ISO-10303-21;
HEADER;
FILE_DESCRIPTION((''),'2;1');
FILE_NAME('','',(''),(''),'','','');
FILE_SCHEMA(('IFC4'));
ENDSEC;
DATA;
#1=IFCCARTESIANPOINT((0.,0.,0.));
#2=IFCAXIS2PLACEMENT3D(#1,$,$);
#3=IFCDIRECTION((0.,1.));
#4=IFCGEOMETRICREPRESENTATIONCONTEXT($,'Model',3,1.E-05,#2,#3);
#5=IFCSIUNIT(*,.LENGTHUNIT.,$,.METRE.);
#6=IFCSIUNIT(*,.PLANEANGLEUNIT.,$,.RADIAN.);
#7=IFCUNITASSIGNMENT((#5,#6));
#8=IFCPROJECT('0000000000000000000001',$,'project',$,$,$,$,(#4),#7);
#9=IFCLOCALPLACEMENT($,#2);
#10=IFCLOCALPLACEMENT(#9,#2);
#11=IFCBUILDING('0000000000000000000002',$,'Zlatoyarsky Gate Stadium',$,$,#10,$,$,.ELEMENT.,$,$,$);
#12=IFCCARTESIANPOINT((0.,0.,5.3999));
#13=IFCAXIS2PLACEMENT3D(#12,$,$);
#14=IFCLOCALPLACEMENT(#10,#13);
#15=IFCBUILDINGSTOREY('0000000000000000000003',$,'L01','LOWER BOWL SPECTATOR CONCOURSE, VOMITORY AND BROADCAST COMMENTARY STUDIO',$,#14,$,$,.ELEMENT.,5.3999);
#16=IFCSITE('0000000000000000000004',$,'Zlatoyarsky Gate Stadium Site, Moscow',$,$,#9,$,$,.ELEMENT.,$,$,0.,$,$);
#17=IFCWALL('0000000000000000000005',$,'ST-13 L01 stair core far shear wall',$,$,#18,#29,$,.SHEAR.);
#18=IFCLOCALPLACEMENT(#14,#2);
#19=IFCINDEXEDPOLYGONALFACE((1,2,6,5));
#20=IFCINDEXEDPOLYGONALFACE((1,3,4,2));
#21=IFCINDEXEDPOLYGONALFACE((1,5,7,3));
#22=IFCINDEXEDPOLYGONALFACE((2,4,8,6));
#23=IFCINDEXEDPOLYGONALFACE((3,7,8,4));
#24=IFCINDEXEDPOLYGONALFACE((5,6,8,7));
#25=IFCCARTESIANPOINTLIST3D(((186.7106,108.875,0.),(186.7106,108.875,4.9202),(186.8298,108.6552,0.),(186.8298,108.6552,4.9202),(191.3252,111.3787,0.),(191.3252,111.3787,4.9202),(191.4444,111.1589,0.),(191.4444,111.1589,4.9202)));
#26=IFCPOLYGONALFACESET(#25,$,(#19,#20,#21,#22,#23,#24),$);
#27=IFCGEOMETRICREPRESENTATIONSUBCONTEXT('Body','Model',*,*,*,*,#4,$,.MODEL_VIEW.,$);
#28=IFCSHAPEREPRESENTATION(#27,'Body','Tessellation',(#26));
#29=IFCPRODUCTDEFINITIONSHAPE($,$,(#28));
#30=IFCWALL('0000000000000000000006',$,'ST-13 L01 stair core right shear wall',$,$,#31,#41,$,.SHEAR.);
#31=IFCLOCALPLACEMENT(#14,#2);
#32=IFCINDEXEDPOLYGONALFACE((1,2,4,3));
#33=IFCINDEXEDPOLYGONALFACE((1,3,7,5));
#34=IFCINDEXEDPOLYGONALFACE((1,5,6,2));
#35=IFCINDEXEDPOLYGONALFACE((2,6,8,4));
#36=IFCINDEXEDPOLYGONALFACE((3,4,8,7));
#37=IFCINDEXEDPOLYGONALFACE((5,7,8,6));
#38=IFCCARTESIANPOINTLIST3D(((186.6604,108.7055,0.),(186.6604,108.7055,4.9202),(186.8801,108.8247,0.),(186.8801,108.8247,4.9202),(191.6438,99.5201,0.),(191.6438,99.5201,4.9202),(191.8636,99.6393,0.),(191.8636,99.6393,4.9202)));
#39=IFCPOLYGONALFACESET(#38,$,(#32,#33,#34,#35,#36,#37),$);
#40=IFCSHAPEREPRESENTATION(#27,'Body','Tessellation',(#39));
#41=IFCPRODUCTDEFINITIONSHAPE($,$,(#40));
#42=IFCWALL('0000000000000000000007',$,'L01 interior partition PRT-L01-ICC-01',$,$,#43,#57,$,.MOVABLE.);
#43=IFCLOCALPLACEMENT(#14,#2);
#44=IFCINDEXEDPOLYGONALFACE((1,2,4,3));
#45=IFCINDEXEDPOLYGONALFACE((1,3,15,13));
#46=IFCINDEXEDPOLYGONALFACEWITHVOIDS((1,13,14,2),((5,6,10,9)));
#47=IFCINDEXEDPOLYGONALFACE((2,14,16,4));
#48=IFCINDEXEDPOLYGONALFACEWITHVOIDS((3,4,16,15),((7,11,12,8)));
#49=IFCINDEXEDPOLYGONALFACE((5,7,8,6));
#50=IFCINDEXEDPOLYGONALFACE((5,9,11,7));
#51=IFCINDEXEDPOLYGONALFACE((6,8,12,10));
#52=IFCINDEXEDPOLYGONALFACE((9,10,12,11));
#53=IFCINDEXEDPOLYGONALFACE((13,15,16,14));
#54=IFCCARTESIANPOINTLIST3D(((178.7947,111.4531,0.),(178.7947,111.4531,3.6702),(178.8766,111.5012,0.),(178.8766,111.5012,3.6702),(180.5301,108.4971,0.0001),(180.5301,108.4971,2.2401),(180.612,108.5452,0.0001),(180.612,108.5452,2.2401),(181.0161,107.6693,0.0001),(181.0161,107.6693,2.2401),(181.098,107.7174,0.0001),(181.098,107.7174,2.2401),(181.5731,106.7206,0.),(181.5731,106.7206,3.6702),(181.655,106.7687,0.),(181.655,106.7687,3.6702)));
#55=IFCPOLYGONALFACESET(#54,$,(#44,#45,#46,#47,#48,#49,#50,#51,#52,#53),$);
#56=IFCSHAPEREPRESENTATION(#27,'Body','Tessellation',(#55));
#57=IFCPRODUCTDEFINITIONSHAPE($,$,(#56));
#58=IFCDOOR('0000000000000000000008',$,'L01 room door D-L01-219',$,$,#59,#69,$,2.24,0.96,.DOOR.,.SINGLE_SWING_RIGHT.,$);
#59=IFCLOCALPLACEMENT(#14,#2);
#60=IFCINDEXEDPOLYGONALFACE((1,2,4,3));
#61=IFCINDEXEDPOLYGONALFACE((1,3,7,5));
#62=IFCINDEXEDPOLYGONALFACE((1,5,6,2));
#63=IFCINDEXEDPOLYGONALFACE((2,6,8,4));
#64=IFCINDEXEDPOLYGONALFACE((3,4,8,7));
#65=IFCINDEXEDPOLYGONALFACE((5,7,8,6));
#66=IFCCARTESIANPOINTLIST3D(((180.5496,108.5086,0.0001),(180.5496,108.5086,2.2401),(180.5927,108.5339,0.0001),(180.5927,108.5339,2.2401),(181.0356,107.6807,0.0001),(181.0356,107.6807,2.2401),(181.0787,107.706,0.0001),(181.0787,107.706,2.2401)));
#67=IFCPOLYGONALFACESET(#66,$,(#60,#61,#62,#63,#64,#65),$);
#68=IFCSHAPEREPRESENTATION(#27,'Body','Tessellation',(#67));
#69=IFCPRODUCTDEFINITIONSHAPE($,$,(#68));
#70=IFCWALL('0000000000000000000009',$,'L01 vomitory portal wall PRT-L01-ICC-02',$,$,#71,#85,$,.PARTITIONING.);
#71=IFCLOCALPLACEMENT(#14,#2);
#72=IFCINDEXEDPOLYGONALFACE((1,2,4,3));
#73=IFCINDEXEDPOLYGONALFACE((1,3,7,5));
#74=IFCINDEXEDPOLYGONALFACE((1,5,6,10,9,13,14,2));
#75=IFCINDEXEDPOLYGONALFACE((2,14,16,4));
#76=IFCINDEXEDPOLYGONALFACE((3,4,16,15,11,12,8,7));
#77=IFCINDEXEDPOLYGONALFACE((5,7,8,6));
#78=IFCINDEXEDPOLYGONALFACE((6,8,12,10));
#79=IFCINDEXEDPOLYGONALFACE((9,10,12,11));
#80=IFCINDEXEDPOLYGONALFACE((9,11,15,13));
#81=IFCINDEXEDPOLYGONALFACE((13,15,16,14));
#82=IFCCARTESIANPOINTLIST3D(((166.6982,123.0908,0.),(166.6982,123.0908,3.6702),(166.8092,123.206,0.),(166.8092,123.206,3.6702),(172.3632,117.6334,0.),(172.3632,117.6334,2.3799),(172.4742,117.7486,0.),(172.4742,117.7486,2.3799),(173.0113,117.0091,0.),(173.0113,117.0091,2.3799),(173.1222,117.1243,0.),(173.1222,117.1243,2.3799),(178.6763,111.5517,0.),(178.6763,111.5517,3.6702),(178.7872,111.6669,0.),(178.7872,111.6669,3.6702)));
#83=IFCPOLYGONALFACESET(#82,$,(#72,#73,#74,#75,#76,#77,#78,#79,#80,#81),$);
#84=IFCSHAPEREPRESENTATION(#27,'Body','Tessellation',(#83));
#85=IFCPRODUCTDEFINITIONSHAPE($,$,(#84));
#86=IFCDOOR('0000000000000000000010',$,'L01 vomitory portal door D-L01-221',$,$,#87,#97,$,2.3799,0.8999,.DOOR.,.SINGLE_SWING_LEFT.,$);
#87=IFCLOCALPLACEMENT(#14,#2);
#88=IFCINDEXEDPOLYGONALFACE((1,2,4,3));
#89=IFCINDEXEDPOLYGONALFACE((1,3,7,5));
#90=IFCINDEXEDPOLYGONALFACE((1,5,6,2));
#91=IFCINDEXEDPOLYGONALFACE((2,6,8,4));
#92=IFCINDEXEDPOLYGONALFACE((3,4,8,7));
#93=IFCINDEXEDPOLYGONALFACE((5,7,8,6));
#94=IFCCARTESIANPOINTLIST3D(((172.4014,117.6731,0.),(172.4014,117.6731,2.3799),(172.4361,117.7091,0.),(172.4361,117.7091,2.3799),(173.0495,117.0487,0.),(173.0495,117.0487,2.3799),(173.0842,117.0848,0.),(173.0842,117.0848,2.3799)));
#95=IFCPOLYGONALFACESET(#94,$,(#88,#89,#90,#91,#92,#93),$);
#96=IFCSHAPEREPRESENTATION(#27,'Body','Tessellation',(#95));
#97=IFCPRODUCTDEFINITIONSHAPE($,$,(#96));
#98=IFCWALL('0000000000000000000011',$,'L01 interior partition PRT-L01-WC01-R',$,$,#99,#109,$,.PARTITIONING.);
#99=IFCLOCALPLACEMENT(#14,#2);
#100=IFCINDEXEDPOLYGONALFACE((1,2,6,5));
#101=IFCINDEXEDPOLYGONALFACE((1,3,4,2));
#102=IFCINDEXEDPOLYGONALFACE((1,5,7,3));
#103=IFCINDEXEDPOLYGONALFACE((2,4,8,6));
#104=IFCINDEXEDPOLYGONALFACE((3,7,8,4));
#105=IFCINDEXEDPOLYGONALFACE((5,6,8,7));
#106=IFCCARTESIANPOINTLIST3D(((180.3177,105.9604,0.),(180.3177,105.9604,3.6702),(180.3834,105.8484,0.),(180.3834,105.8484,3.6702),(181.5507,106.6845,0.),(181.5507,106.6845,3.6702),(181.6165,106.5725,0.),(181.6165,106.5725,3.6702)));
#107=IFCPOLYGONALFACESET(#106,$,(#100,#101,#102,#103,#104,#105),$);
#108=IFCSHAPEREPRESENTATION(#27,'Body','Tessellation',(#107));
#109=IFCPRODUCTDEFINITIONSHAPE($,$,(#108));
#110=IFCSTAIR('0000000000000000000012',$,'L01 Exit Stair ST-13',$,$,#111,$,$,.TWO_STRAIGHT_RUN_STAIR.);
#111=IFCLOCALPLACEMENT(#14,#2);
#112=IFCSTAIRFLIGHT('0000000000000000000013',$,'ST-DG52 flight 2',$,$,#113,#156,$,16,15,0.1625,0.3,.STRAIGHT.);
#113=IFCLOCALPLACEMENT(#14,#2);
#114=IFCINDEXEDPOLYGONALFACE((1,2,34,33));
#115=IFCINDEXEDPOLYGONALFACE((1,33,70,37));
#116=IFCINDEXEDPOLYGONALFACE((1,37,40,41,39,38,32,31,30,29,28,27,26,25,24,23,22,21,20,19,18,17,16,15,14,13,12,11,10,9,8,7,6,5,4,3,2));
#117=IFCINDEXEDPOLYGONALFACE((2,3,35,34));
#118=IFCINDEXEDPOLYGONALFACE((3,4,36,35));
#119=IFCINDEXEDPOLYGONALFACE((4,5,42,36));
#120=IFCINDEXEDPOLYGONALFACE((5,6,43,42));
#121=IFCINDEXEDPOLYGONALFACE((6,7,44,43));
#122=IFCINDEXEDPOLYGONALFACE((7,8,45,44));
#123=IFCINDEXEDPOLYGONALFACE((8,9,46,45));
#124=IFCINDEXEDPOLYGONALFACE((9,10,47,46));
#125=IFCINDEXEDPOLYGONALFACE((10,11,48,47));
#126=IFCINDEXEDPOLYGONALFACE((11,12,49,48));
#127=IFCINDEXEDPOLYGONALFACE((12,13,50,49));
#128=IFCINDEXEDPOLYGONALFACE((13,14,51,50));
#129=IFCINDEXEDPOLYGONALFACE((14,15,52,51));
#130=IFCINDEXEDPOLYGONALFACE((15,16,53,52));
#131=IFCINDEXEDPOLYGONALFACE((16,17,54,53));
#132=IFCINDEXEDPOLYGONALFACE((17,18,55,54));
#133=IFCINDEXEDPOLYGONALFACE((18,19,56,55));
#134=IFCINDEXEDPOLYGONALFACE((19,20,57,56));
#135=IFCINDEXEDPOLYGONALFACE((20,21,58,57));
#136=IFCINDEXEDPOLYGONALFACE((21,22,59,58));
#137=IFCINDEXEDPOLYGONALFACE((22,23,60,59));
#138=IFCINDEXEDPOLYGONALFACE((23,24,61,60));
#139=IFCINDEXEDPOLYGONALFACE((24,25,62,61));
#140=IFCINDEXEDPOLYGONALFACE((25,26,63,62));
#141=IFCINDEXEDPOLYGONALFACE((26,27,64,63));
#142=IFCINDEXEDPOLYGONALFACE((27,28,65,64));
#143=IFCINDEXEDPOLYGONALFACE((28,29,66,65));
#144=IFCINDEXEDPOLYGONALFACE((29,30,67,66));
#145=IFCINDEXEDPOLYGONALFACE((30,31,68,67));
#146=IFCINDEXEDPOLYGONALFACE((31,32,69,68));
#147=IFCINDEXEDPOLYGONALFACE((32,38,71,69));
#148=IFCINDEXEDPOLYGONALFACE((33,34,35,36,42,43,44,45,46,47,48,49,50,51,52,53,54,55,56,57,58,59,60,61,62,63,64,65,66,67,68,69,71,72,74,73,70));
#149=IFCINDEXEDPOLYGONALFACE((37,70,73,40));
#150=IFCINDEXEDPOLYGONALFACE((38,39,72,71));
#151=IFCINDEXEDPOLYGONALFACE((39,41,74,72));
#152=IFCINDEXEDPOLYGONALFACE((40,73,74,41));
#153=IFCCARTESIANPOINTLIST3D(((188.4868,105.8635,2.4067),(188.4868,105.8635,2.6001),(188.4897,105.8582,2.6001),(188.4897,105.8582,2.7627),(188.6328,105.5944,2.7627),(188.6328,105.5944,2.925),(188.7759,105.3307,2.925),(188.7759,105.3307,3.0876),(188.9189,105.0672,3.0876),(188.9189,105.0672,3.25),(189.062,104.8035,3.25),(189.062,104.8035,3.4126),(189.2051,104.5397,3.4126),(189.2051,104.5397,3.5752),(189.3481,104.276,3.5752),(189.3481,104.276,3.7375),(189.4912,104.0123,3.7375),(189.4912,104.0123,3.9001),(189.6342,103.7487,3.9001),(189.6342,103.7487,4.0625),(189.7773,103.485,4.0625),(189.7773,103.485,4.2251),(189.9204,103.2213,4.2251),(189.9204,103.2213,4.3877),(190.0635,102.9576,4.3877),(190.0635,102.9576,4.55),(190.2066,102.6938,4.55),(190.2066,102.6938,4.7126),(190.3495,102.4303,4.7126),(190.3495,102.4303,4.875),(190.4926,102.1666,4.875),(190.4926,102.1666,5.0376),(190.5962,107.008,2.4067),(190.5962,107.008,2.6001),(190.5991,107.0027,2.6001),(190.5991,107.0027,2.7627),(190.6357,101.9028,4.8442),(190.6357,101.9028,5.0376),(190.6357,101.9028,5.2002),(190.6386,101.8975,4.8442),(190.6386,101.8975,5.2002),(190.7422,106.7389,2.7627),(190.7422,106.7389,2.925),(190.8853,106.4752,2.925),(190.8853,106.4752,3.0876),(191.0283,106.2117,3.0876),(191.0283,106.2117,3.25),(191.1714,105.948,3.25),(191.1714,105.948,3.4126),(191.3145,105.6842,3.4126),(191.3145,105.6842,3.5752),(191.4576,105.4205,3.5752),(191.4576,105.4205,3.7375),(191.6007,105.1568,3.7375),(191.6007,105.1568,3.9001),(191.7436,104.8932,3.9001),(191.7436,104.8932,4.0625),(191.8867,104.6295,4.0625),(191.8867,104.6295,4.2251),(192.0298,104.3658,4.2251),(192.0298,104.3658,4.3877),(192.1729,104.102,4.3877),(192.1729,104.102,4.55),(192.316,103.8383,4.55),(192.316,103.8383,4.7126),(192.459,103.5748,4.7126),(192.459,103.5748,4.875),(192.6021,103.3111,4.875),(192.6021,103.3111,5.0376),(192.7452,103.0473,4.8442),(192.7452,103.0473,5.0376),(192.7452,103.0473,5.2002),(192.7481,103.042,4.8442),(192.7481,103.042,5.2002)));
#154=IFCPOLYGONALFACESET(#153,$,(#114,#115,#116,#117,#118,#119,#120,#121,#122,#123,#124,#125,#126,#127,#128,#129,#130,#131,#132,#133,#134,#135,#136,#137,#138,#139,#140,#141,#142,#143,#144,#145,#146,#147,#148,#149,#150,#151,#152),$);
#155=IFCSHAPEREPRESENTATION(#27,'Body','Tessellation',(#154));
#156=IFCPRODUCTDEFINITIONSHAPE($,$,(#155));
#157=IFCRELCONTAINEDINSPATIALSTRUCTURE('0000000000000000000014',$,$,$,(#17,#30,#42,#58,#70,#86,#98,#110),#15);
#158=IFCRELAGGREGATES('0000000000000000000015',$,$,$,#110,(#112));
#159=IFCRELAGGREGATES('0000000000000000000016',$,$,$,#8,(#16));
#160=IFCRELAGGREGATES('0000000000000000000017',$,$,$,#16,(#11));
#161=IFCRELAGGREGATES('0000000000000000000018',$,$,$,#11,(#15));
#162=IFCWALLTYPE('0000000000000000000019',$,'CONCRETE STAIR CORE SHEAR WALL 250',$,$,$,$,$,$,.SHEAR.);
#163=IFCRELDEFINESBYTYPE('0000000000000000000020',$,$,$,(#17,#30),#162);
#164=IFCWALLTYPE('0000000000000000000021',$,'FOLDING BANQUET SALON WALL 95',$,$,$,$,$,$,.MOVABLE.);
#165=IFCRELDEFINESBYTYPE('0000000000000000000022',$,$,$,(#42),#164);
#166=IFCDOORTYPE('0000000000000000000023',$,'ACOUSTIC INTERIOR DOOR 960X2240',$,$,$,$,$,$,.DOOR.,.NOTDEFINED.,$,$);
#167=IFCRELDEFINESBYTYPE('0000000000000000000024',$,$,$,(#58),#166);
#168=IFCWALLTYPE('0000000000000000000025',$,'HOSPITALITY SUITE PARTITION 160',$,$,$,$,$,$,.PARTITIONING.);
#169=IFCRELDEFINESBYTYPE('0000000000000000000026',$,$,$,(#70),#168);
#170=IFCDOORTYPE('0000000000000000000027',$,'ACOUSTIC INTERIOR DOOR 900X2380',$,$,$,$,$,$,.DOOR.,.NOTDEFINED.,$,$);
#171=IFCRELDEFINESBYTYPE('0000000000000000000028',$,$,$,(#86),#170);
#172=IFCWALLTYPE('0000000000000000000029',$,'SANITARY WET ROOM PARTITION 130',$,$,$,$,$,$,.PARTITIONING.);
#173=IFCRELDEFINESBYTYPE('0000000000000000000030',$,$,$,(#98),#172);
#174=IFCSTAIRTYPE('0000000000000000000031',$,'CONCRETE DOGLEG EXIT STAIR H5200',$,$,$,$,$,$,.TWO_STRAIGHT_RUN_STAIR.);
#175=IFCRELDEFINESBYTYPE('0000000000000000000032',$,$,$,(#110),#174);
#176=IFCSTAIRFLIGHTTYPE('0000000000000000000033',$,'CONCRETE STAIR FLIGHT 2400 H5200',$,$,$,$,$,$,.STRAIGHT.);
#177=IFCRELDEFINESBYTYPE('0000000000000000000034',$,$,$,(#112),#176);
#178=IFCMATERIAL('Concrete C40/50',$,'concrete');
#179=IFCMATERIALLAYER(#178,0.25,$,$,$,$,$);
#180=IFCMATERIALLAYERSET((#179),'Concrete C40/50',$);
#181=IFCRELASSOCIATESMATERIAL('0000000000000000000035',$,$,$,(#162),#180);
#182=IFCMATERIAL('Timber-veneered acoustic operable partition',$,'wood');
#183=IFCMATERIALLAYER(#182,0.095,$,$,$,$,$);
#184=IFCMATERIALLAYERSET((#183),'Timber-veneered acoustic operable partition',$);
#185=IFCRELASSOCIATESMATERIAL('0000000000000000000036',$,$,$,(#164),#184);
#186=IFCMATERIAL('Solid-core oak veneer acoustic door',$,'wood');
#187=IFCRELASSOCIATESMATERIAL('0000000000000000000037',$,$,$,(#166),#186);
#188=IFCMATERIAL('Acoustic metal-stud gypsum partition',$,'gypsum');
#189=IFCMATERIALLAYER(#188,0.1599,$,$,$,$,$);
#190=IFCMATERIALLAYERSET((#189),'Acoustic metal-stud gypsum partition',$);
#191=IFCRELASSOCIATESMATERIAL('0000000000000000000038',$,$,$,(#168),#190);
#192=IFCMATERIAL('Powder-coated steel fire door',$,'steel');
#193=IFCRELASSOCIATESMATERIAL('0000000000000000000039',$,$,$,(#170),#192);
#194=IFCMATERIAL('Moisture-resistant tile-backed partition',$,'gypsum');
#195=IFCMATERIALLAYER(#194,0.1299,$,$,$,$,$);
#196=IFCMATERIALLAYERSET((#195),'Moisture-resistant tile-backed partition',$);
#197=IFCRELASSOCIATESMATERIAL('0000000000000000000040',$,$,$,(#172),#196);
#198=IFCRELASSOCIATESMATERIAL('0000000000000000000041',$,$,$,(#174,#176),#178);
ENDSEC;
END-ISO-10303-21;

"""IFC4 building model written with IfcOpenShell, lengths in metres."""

from ifc_helpers import new_model, si_unit, direction, frame, frame_2d, origin, place, context, subcontext, project, spatial, polyline, rectangle, outline, extrude, material, layer, layer_set, type_object, element, fill, aggregate, save


model = new_model("IFC4")

# Units and contexts
model_context = context("Model", 3, precision=1e-05, world=origin(), true_north=direction((0.0, 1.0)))
body_context = subcontext(model_context, "Body", "Model", "MODEL_VIEW")
ifc_project = project(units=[si_unit("LENGTHUNIT", "METRE"), si_unit("PLANEANGLEUNIT", "RADIAN")], contexts=[model_context])

# Site, building, storey
site_placement = place(None, origin())
site = spatial("IfcSite", under=ifc_project, at=site_placement, Name="Zlatoyarsky Gate Stadium Site, Moscow", CompositionType="ELEMENT", RefElevation=0.0)
building_placement = place(site_placement, origin())
building = spatial("IfcBuilding", under=site, at=building_placement, Name="Zlatoyarsky Gate Stadium", CompositionType="ELEMENT")
storey_placement = place(building_placement, frame((0.0, 0.0, 5.3999)))
storey = spatial("IfcBuildingStorey", under=building, at=storey_placement, Name="L01", Description="LOWER BOWL SPECTATOR CONCOURSE, VOMITORY AND BROADCAST COMMENTARY STUDIO", CompositionType="ELEMENT", Elevation=5.3999)

# Shared definitions
ifc_material_1 = material(Name="Concrete C40/50", Category="concrete")

# Walls
ifc_layer_1 = layer(ifc_material_1, 0.25)
ifc_layer_set_1 = layer_set([ifc_layer_1], Name="Concrete C40/50")
wall_type_1 = type_object("IfcWallType", Name="CONCRETE STAIR CORE SHEAR WALL 250", PredefinedType="SHEAR", material=ifc_layer_set_1)
wall_1_placement = place(storey_placement, frame((191.3848, 111.2688, 0.0), z_axis=(0.0, 0.0, 1.0), x_axis=(-0.878961, -0.476893, 0.0)))
element("IfcWall", 1, at=wall_1_placement, inside=storey, type_object=wall_type_1, Name="ST-13 L01 stair core far shear wall", PredefinedType="SHEAR", context=body_context, shape_type="SweptSolid", body=[
    extrude(rectangle(XDim=5.25, YDim=0.25, at=frame_2d((2.625, 0.0))), origin(), (0.0, 0.0, 1.0), 4.9202),
])
wall_2_placement = place(storey_placement, frame((186.7703, 108.7651, 0.0), z_axis=(0.0, 0.0, 1.0), x_axis=(0.476877, -0.87897, 0.0)))
element("IfcWall", 2, at=wall_2_placement, inside=storey, type_object=wall_type_1, Name="ST-13 L01 stair core right shear wall", PredefinedType="SHEAR", context=body_context, shape_type="SweptSolid", body=[
    extrude(rectangle(XDim=10.4502, YDim=0.25, at=frame_2d((5.2251, 0.0))), origin(), (0.0, 0.0, 1.0), 4.9202),
])

# Walls, openings, doors
ifc_material_2 = material(Name="Timber-veneered acoustic operable partition", Category="wood")
ifc_layer_2 = layer(ifc_material_2, 0.095)
ifc_layer_set_2 = layer_set([ifc_layer_2], Name="Timber-veneered acoustic operable partition")
wall_type_2 = type_object("IfcWallType", Name="FOLDING BANQUET SALON WALL 95", PredefinedType="MOVABLE", material=ifc_layer_set_2)
wall_3_placement = place(storey_placement, frame((181.614, 106.7446, 0.0), z_axis=(0.0, 0.0, 1.0), x_axis=(-0.506281, 0.862368, 0.0)))
wall_3 = element("IfcWall", 3, at=wall_3_placement, inside=storey, type_object=wall_type_2, Name="L01 interior partition PRT-L01-ICC-01", PredefinedType="MOVABLE", context=body_context, shape_type="SweptSolid", body=[
    extrude(rectangle(XDim=5.4878, YDim=0.095, at=frame_2d((2.7439, 0.0))), origin(), (0.0, 0.0, 1.0), 3.6702),
])
opening_1_placement = place(wall_3_placement, frame((1.1001, 0.0, 0.0)))
opening_1 = element("IfcOpeningElement", 4, at=opening_1_placement, cuts=wall_3, PredefinedType="OPENING", context=body_context, shape_type="SweptSolid", body=[
    extrude(rectangle(XDim=0.96, YDim=2.24, at=frame_2d((0.48, 1.1201))), frame((0.0, 0.0574, 0.0), z_axis=(0.0, -1.0, 0.0), x_axis=(1.0, 0.0, 0.0)), (0.0, 0.0, 1.0), 0.115),
])
ifc_material_3 = material(Name="Solid-core oak veneer acoustic door", Category="wood")
door_type_1 = type_object("IfcDoorType", Name="ACOUSTIC INTERIOR DOOR 960X2240", OperationType="NOTDEFINED", PredefinedType="DOOR", material=ifc_material_3)
door_1_placement = place(opening_1_placement, origin())
door_1 = element("IfcDoor", 5, at=door_1_placement, inside=storey, type_object=door_type_1, Name="L01 room door D-L01-219", OperationType="SINGLE_SWING_RIGHT", OverallHeight=2.24, OverallWidth=0.96, PredefinedType="DOOR", context=body_context, shape_type="SweptSolid", body=[
    extrude(rectangle(XDim=0.96, YDim=2.24, at=frame_2d((0.48, 1.1201))), frame((0.0, 0.0249, 0.0), z_axis=(0.0, -1.0, 0.0), x_axis=(1.0, 0.0, 0.0)), (0.0, 0.0, 1.0), 0.05),
])
fill(opening_1, door_1)
ifc_material_4 = material(Name="Acoustic metal-stud gypsum partition", Category="gypsum")
ifc_layer_3 = layer(ifc_material_4, 0.1599)
ifc_layer_set_3 = layer_set([ifc_layer_3], Name="Acoustic metal-stud gypsum partition")
wall_type_3 = type_object("IfcWallType", Name="HOSPITALITY SUITE PARTITION 160", PredefinedType="PARTITIONING", material=ifc_layer_set_3)
wall_4_placement = place(storey_placement, frame((178.7317, 111.6094, 0.0), z_axis=(0.0, 0.0, 1.0), x_axis=(-0.72018, 0.693787, 0.0)))
wall_4 = element("IfcWall", 6, at=wall_4_placement, inside=storey, type_object=wall_type_3, Name="L01 vomitory portal wall PRT-L01-ICC-02", PredefinedType="PARTITIONING", context=body_context, shape_type="SweptSolid", body=[
    extrude(rectangle(XDim=16.6321, YDim=0.1599, at=frame_2d((8.3159, 0.0))), origin(), (0.0, 0.0, 1.0), 3.6702),
])
opening_2_placement = place(wall_4_placement, frame((7.866, 0.0, 0.0)))
opening_2 = element("IfcOpeningElement", 7, at=opening_2_placement, cuts=wall_4, PredefinedType="OPENING", context=body_context, shape_type="SweptSolid", body=[
    extrude(rectangle(XDim=0.8999, YDim=2.3799, at=frame_2d((0.45, 1.1899))), frame((0.0, 0.0898, 0.0), z_axis=(0.0, -1.0, 0.0), x_axis=(1.0, 0.0, 0.0)), (0.0, 0.0, 1.0), 0.1799),
])
ifc_material_5 = material(Name="Powder-coated steel fire door", Category="steel")
door_type_2 = type_object("IfcDoorType", Name="ACOUSTIC INTERIOR DOOR 900X2380", OperationType="NOTDEFINED", PredefinedType="DOOR", material=ifc_material_5)
door_2_placement = place(opening_2_placement, origin())
door_2 = element("IfcDoor", 8, at=door_2_placement, inside=storey, type_object=door_type_2, Name="L01 vomitory portal door D-L01-221", OperationType="SINGLE_SWING_LEFT", OverallHeight=2.3799, OverallWidth=0.8999, PredefinedType="DOOR", context=body_context, shape_type="SweptSolid", body=[
    extrude(rectangle(XDim=0.8999, YDim=2.3799, at=frame_2d((0.45, 1.1899))), frame((0.0, 0.0249, 0.0), z_axis=(0.0, -1.0, 0.0), x_axis=(1.0, 0.0, 0.0)), (0.0, 0.0, 1.0), 0.05),
])
fill(opening_2, door_2)

# Wall
ifc_material_6 = material(Name="Moisture-resistant tile-backed partition", Category="gypsum")
ifc_layer_4 = layer(ifc_material_6, 0.1299)
ifc_layer_set_4 = layer_set([ifc_layer_4], Name="Moisture-resistant tile-backed partition")
wall_type_4 = type_object("IfcWallType", Name="SANITARY WET ROOM PARTITION 130", PredefinedType="PARTITIONING", material=ifc_layer_set_4)
wall_5_placement = place(storey_placement, frame((181.5835, 106.6284, 0.0), z_axis=(0.0, 0.0, 1.0), x_axis=(-0.86232, -0.506363, 0.0)))
element("IfcWall", 9, at=wall_5_placement, inside=storey, type_object=wall_type_4, Name="L01 interior partition PRT-L01-WC01-R", PredefinedType="PARTITIONING", context=body_context, shape_type="SweptSolid", body=[
    extrude(rectangle(XDim=1.4299, YDim=0.1299, at=frame_2d((0.7148, 0.0))), origin(), (0.0, 0.0, 1.0), 3.6702),
])

# Stair, stair flight
stair_type = type_object("IfcStairType", Name="CONCRETE DOGLEG EXIT STAIR H5200", PredefinedType="TWO_STRAIGHT_RUN_STAIR", material=ifc_material_1)
stair_placement = place(storey_placement, origin())
stair = element("IfcStair", 10, at=stair_placement, inside=storey, type_object=stair_type, Name="L01 Exit Stair ST-13", PredefinedType="TWO_STRAIGHT_RUN_STAIR")
stair_flight_type = type_object("IfcStairFlightType", Name="CONCRETE STAIR FLIGHT 2400 H5200", PredefinedType="STRAIGHT", material=ifc_material_1)
stair_flight_placement = place(storey_placement, frame((189.5444, 106.4304, 2.6001), z_axis=(0.0, 0.0, 1.0), x_axis=(0.47689, -0.878963, 0.0)))
stair_flight = element("IfcStairFlight", 11, at=stair_flight_placement, type_object=stair_flight_type, Name="ST-DG52 flight 2", NumberOfRisers=16, NumberOfTreads=15, PredefinedType="STRAIGHT", RiserHeight=0.1625, TreadLength=0.3, context=body_context, shape_type="SweptSolid", body=[
    extrude(outline(polyline([(-0.0061, -0.1934), (-0.0061, 0.0), (0.0, 0.0), (0.0, 0.1626), (0.3, 0.1626), (0.3, 0.325), (0.6001, 0.325), (0.6001, 0.4875), (0.8999, 0.4875), (0.8999, 0.6499), (1.2, 0.6499), (1.2, 0.8125), (1.5, 0.8125), (1.5, 0.9751), (1.8, 0.9751), (1.8, 1.1375), (2.1001, 1.1375), (2.1001, 1.3), (2.3999, 1.3), (2.3999, 1.4624), (2.7, 1.4624), (2.7, 1.625), (3.0, 1.625), (3.0, 1.7876), (3.3, 1.7876), (3.3, 1.95), (3.6001, 1.95), (3.6001, 2.1125), (3.8999, 2.1125), (3.8999, 2.2749), (4.2, 2.2749), (4.2, 2.4375), (4.5, 2.4375), (4.5, 2.6001), (4.5061, 2.6001), (4.5061, 2.2441), (4.5, 2.2441), (-0.0061, -0.1934)])), frame((0.0, 1.2, 0.0), z_axis=(0.0, -1.0, 0.0), x_axis=(1.0, 0.0, 0.0)), (0.0, 0.0, 1.0), 2.3999),
])
aggregate(stair, [stair_flight])

save(model, "model.ifc")
